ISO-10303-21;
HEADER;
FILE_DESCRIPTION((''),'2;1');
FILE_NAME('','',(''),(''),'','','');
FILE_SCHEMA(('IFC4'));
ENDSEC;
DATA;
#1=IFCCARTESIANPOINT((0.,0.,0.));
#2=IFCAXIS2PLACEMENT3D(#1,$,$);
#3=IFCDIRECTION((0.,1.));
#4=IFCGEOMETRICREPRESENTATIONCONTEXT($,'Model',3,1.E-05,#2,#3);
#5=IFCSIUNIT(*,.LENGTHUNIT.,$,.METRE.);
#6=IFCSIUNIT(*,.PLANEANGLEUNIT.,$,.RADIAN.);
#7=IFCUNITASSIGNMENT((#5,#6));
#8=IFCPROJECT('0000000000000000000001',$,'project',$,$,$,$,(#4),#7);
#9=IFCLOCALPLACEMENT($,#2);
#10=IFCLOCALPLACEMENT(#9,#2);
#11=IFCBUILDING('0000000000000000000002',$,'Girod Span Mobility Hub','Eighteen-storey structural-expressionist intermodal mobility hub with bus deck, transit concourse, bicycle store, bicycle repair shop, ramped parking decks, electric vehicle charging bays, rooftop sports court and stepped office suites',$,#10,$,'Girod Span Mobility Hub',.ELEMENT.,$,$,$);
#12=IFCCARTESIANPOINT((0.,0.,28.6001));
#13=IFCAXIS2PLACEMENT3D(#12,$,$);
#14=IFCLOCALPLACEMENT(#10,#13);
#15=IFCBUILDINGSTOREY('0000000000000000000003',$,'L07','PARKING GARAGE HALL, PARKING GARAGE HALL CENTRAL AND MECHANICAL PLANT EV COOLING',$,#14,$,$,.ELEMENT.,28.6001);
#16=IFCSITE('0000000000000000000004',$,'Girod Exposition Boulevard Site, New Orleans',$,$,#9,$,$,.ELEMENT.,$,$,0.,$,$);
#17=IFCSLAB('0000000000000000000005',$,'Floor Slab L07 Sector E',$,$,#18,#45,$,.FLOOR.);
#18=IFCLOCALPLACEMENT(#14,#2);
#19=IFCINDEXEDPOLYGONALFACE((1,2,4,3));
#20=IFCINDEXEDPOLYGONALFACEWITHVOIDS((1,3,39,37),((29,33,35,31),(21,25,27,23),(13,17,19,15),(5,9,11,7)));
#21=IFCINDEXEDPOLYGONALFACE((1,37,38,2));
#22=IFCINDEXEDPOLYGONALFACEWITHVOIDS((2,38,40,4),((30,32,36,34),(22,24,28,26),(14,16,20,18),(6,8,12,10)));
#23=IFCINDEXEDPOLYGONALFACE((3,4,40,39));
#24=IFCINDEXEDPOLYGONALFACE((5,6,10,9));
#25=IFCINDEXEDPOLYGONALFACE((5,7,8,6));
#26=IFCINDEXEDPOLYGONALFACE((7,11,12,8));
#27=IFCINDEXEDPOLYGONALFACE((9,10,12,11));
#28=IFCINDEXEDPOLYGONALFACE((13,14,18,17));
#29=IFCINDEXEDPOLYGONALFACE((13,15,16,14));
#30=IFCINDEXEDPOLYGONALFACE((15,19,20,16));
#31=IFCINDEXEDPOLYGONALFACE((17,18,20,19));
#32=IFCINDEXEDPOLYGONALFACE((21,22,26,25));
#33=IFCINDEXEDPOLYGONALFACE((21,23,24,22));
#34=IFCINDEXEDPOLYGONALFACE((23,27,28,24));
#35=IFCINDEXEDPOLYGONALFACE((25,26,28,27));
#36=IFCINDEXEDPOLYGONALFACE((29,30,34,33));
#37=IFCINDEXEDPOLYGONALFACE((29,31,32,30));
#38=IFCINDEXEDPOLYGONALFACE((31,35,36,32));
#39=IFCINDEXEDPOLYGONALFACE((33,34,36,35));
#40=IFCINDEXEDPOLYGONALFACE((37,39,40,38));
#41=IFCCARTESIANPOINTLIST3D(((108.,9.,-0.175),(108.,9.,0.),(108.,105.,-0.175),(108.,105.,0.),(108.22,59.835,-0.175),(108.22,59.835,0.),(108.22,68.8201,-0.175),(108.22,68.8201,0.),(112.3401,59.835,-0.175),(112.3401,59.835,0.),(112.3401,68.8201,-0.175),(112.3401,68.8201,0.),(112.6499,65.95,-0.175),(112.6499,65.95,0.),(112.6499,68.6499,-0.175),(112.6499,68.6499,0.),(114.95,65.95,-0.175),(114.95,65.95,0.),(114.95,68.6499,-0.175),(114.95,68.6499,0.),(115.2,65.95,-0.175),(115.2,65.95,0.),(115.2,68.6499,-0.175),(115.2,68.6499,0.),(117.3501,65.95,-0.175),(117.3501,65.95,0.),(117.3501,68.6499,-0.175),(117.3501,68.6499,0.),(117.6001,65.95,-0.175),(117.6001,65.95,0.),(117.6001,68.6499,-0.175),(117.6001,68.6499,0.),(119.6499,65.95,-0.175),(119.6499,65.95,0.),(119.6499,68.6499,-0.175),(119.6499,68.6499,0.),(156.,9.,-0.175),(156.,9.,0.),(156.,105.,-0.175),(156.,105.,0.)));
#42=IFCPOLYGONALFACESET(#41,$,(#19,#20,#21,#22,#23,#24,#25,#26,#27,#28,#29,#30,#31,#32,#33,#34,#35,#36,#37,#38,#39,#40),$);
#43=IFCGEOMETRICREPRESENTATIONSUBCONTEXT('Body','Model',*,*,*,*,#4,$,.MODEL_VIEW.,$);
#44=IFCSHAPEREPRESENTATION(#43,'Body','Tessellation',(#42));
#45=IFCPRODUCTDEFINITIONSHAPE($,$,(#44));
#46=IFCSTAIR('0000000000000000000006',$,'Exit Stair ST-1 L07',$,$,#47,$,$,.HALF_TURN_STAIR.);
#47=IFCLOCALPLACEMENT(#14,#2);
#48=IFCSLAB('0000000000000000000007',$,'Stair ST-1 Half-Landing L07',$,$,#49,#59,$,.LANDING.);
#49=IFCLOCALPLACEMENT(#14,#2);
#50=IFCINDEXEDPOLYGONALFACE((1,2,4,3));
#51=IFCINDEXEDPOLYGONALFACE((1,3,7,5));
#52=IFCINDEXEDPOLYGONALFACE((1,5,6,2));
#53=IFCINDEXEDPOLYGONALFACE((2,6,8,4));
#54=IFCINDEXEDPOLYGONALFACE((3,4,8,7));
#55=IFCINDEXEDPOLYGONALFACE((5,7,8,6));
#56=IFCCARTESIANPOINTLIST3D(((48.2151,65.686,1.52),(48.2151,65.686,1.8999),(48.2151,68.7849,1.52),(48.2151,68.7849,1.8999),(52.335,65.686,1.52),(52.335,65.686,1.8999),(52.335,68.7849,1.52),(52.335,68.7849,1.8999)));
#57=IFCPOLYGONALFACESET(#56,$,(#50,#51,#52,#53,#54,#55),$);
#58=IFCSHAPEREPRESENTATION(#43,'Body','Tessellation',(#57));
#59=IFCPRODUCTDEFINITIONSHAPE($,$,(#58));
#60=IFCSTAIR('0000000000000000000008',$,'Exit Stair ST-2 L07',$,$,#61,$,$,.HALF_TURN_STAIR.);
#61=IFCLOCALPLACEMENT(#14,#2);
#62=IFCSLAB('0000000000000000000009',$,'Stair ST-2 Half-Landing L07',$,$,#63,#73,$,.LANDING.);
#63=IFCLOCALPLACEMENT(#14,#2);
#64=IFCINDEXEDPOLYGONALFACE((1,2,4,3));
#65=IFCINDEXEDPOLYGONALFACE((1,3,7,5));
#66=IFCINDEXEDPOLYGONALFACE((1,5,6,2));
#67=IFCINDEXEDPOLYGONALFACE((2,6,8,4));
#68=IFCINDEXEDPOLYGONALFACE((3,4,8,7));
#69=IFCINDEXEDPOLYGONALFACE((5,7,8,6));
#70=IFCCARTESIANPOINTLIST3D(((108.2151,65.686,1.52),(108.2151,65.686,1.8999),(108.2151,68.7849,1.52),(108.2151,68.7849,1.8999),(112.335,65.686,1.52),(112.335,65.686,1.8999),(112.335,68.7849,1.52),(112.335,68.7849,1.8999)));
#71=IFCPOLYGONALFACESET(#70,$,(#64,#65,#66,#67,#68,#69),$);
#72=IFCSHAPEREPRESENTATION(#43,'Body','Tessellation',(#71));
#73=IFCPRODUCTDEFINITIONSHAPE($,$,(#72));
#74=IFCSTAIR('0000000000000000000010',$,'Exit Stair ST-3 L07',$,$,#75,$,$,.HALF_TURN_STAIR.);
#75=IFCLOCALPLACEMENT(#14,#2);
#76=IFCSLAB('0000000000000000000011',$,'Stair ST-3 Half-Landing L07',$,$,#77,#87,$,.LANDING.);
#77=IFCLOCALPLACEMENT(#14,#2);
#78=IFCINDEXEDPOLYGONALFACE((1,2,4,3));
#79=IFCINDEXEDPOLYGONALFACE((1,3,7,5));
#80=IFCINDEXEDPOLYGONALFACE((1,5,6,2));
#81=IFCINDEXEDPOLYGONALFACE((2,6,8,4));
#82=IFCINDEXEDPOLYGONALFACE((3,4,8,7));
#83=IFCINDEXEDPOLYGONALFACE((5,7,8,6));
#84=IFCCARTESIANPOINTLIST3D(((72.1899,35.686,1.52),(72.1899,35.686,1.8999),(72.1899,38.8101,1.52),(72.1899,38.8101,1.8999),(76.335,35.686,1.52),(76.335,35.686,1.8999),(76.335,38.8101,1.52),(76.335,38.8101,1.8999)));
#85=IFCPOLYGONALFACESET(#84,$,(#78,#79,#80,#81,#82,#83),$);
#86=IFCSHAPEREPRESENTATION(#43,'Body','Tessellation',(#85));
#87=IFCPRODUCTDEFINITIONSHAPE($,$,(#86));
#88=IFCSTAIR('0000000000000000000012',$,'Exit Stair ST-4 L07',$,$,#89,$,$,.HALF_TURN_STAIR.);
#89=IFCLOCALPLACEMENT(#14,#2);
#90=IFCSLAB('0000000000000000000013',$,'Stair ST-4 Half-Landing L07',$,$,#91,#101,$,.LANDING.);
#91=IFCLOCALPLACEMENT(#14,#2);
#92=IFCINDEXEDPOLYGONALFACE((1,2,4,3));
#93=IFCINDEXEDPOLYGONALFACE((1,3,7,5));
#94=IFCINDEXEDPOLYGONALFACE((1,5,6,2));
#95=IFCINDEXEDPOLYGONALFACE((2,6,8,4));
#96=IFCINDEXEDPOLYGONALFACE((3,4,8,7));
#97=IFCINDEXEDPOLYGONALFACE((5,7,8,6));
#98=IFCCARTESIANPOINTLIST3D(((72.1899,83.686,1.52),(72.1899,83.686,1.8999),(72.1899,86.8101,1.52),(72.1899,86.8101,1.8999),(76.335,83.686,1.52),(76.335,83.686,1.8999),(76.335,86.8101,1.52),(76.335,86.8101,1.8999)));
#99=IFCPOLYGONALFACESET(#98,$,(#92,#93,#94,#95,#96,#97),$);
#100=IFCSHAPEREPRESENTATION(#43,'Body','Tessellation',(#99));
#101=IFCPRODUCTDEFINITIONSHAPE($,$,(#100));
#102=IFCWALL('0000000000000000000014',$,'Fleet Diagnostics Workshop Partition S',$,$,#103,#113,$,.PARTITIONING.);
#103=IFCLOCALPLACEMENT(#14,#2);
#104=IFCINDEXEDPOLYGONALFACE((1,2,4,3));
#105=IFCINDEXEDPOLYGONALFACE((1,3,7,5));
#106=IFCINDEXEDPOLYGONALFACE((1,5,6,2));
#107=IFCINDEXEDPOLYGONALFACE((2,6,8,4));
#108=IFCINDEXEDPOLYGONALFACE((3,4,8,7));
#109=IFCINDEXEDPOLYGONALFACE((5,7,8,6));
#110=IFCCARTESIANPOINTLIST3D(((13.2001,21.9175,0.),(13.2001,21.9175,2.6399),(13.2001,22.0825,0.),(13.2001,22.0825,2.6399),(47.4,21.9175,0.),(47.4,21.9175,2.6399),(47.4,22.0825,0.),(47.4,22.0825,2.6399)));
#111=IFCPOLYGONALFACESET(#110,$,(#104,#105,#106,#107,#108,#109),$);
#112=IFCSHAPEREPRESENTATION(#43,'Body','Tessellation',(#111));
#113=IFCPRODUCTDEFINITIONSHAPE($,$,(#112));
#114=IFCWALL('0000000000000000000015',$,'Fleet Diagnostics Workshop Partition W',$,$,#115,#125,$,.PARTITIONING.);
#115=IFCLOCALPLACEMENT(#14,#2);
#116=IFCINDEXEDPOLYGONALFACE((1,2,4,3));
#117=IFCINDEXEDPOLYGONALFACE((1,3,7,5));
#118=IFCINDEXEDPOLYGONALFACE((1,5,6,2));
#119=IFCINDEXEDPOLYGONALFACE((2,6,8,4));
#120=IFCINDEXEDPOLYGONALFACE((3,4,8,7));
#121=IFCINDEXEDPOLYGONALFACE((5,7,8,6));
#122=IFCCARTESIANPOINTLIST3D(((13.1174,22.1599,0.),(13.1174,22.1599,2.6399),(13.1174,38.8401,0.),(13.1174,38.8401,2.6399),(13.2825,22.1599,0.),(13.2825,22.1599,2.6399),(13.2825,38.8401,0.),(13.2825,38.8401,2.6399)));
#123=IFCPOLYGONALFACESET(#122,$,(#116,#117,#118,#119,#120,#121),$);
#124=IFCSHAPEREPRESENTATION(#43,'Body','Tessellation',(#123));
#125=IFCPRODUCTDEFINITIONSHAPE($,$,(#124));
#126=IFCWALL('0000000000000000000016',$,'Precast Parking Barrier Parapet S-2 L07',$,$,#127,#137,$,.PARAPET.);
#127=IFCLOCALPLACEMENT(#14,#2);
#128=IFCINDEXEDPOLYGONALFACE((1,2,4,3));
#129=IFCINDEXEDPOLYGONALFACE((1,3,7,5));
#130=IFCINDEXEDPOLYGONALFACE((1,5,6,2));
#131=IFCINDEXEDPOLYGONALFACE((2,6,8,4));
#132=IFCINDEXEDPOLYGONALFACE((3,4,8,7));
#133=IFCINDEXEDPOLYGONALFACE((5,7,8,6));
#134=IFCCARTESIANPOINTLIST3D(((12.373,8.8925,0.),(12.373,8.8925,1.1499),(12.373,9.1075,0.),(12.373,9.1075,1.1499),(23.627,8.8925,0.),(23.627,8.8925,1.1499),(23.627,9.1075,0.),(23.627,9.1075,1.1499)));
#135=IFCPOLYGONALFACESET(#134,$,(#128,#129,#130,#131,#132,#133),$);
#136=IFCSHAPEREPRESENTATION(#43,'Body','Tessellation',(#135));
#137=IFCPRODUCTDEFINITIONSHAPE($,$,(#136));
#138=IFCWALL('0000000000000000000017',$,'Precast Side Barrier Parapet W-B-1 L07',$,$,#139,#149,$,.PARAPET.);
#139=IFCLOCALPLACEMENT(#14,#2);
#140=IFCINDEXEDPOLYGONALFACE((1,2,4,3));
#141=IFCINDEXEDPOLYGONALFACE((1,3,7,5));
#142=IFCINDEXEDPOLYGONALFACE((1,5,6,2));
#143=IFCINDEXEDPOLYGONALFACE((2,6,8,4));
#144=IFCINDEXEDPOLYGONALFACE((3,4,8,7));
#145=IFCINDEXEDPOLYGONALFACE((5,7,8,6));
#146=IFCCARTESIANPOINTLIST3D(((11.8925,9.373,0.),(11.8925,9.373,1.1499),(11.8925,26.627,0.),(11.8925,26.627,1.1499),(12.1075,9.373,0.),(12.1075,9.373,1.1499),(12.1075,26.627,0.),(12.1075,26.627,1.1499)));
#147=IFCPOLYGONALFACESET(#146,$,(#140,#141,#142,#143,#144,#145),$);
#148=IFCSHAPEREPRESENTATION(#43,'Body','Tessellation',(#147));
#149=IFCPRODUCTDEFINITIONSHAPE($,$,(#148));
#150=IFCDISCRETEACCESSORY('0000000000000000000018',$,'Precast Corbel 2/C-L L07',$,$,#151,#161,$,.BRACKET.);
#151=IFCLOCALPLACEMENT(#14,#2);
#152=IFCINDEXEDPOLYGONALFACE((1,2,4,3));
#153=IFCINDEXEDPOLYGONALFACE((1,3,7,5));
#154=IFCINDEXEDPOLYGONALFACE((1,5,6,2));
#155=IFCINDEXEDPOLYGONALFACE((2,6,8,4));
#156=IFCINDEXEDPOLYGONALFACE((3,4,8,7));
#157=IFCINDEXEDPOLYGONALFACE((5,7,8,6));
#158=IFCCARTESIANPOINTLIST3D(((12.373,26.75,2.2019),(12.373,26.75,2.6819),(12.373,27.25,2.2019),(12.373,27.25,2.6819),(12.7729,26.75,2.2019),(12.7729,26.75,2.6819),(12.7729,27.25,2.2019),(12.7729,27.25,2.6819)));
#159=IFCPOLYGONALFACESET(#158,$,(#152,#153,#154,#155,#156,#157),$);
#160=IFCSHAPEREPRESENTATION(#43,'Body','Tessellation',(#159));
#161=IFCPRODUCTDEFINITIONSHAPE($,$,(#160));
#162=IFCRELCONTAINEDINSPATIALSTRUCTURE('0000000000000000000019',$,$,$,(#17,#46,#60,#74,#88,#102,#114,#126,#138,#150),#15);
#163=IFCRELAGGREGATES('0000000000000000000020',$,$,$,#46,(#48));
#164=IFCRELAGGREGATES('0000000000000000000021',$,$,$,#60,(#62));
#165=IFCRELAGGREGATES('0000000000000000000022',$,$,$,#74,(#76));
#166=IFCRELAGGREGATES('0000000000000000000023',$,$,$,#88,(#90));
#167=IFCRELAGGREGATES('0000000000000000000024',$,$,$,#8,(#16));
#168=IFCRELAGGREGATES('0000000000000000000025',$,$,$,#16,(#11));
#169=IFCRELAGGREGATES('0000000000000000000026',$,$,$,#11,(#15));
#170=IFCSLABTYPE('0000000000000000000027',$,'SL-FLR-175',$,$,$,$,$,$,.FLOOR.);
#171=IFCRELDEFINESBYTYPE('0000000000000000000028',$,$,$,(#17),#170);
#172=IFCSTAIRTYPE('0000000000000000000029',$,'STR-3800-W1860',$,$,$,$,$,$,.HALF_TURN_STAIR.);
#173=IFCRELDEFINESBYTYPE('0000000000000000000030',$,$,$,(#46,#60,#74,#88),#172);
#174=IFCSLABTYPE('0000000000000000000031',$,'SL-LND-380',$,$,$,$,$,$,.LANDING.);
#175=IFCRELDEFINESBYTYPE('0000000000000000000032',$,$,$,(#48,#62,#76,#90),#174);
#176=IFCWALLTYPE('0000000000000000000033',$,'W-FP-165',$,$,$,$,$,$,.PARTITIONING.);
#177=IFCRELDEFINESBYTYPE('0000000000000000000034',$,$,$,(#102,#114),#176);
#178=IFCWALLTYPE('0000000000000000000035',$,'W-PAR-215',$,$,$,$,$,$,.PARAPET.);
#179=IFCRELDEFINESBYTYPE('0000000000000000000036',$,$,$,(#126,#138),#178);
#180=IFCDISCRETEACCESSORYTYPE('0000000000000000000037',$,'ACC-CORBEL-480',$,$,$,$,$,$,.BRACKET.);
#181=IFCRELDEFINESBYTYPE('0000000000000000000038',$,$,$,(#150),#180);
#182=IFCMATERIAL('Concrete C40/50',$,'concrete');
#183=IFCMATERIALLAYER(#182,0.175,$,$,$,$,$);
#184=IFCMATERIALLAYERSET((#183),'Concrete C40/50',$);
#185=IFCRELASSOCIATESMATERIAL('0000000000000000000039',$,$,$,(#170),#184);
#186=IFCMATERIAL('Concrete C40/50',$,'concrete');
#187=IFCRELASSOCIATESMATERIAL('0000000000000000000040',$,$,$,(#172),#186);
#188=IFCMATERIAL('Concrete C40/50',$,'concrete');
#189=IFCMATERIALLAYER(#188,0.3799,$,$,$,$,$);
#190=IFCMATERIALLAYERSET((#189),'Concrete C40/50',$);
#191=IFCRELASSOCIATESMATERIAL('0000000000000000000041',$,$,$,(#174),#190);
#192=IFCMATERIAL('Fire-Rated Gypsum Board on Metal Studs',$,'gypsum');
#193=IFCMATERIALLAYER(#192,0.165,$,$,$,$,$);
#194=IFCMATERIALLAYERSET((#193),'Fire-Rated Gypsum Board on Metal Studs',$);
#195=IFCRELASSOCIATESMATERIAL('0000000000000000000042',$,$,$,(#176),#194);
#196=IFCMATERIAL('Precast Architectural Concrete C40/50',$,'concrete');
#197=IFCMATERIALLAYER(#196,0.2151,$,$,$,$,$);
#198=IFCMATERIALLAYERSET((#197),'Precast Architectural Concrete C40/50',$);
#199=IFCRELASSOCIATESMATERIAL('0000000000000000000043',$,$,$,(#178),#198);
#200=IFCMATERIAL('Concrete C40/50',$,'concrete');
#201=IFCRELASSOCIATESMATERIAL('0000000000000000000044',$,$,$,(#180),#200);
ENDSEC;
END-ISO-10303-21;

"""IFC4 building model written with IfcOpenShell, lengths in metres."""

from ifc_helpers import new_model, si_unit, direction, frame, frame_2d, origin, origin_2d, place, context, subcontext, project, spatial, polyline, rectangle, outline, extrude, material, layer, layer_set, type_object, element, aggregate, save


model = new_model("IFC4")

# Units and contexts
model_context = context("Model", 3, precision=1e-05, world=origin(), true_north=direction((0.0, 1.0)))
body_context = subcontext(model_context, "Body", "Model", "MODEL_VIEW")
ifc_project = project(units=[si_unit("LENGTHUNIT", "METRE"), si_unit("PLANEANGLEUNIT", "RADIAN")], contexts=[model_context])

# Site, building, storey
site_placement = place(None, origin())
site = spatial("IfcSite", under=ifc_project, at=site_placement, Name="Girod Exposition Boulevard Site, New Orleans", CompositionType="ELEMENT", RefElevation=0.0)
building_placement = place(site_placement, origin())
building = spatial("IfcBuilding", under=site, at=building_placement, Name="Girod Span Mobility Hub", Description="Eighteen-storey structural-expressionist intermodal mobility hub with bus deck, transit concourse, bicycle store, bicycle repair shop, ramped parking decks, electric vehicle charging bays, rooftop sports court and stepped office suites", LongName="Girod Span Mobility Hub", CompositionType="ELEMENT")
storey_placement = place(building_placement, frame((0.0, 0.0, 28.6001)))
storey = spatial("IfcBuildingStorey", under=building, at=storey_placement, Name="L07", Description="PARKING GARAGE HALL, PARKING GARAGE HALL CENTRAL AND MECHANICAL PLANT EV COOLING", CompositionType="ELEMENT", Elevation=28.6001)

# Slab
ifc_material_1 = material(Name="Concrete C40/50", Category="concrete")
ifc_layer_1 = layer(ifc_material_1, 0.175)
ifc_layer_set_1 = layer_set([ifc_layer_1], Name="Concrete C40/50")
slab_type_1 = type_object("IfcSlabType", Name="SL-FLR-175", PredefinedType="FLOOR", material=ifc_layer_set_1)
slab_1_placement = place(storey_placement, frame((0.0, 0.0, -0.175)))
element("IfcSlab", 1, at=slab_1_placement, inside=storey, type_object=slab_type_1, Name="Floor Slab L07 Sector E", PredefinedType="FLOOR", context=body_context, shape_type="SweptSolid", body=[
    extrude(outline(polyline([(156.0, 105.0), (156.0, 9.0), (108.0, 9.0), (108.0, 105.0), (156.0, 105.0)]), holes=[polyline([(108.22, 68.8201), (108.22, 59.835), (112.3401, 59.835), (112.3401, 68.8201), (108.22, 68.8201)]), polyline([(112.6499, 68.6499), (112.6499, 65.95), (114.95, 65.95), (114.95, 68.6499), (112.6499, 68.6499)]), polyline([(115.2, 68.6499), (115.2, 65.95), (117.3501, 65.95), (117.3501, 68.6499), (115.2, 68.6499)]), polyline([(117.6001, 68.6499), (117.6001, 65.95), (119.6499, 65.95), (119.6499, 68.6499), (117.6001, 68.6499)])]), origin(), (0.0, 0.0, 1.0), 0.175),
])

# Stairs, slabs
ifc_material_2 = material(Name="Concrete C40/50", Category="concrete")
stair_type = type_object("IfcStairType", Name="STR-3800-W1860", PredefinedType="HALF_TURN_STAIR", material=ifc_material_2)
stair_1_placement = place(storey_placement, origin())
stair_1 = element("IfcStair", 2, at=stair_1_placement, inside=storey, type_object=stair_type, Name="Exit Stair ST-1 L07", PredefinedType="HALF_TURN_STAIR")
ifc_material_3 = material(Name="Concrete C40/50", Category="concrete")
ifc_layer_2 = layer(ifc_material_3, 0.3799)
ifc_layer_set_2 = layer_set([ifc_layer_2], Name="Concrete C40/50")
slab_type_2 = type_object("IfcSlabType", Name="SL-LND-380", PredefinedType="LANDING", material=ifc_layer_set_2)
slab_2_placement = place(storey_placement, frame((0.0, 0.0, 1.52)))
slab_2 = element("IfcSlab", 3, at=slab_2_placement, type_object=slab_type_2, Name="Stair ST-1 Half-Landing L07", PredefinedType="LANDING", context=body_context, shape_type="SweptSolid", body=[
    extrude(outline(polyline([(52.335, 65.686), (52.335, 68.7849), (48.2151, 68.7849), (48.2151, 65.686), (52.335, 65.686)])), origin(), (0.0, 0.0, 1.0), 0.3799),
])
aggregate(stair_1, [slab_2])
stair_2_placement = place(storey_placement, origin())
stair_2 = element("IfcStair", 4, at=stair_2_placement, inside=storey, type_object=stair_type, Name="Exit Stair ST-2 L07", PredefinedType="HALF_TURN_STAIR")
slab_3_placement = place(storey_placement, frame((0.0, 0.0, 1.52)))
slab_3 = element("IfcSlab", 5, at=slab_3_placement, type_object=slab_type_2, Name="Stair ST-2 Half-Landing L07", PredefinedType="LANDING", context=body_context, shape_type="SweptSolid", body=[
    extrude(outline(polyline([(112.335, 65.686), (112.335, 68.7849), (108.2151, 68.7849), (108.2151, 65.686), (112.335, 65.686)])), origin(), (0.0, 0.0, 1.0), 0.3799),
])
aggregate(stair_2, [slab_3])
stair_3_placement = place(storey_placement, origin())
stair_3 = element("IfcStair", 6, at=stair_3_placement, inside=storey, type_object=stair_type, Name="Exit Stair ST-3 L07", PredefinedType="HALF_TURN_STAIR")
slab_4_placement = place(storey_placement, frame((0.0, 0.0, 1.52)))
slab_4 = element("IfcSlab", 7, at=slab_4_placement, type_object=slab_type_2, Name="Stair ST-3 Half-Landing L07", PredefinedType="LANDING", context=body_context, shape_type="SweptSolid", body=[
    extrude(outline(polyline([(76.335, 35.686), (76.335, 38.8101), (72.1899, 38.8101), (72.1899, 35.686), (76.335, 35.686)])), origin(), (0.0, 0.0, 1.0), 0.3799),
])
aggregate(stair_3, [slab_4])
stair_4_placement = place(storey_placement, origin())
stair_4 = element("IfcStair", 8, at=stair_4_placement, inside=storey, type_object=stair_type, Name="Exit Stair ST-4 L07", PredefinedType="HALF_TURN_STAIR")
slab_5_placement = place(storey_placement, frame((0.0, 0.0, 1.52)))
slab_5 = element("IfcSlab", 9, at=slab_5_placement, type_object=slab_type_2, Name="Stair ST-4 Half-Landing L07", PredefinedType="LANDING", context=body_context, shape_type="SweptSolid", body=[
    extrude(outline(polyline([(76.335, 83.686), (76.335, 86.8101), (72.1899, 86.8101), (72.1899, 83.686), (76.335, 83.686)])), origin(), (0.0, 0.0, 1.0), 0.3799),
])
aggregate(stair_4, [slab_5])

# Walls
ifc_material_4 = material(Name="Fire-Rated Gypsum Board on Metal Studs", Category="gypsum")
ifc_layer_3 = layer(ifc_material_4, 0.165)
ifc_layer_set_3 = layer_set([ifc_layer_3], Name="Fire-Rated Gypsum Board on Metal Studs")
wall_type_1 = type_object("IfcWallType", Name="W-FP-165", PredefinedType="PARTITIONING", material=ifc_layer_set_3)
wall_1_placement = place(storey_placement, frame((13.2, 22.0, 0.0), z_axis=(0.0, 0.0, 1.0), x_axis=(1.0, 0.0, 0.0)))
element("IfcWall", 10, at=wall_1_placement, inside=storey, type_object=wall_type_1, Name="Fleet Diagnostics Workshop Partition S", PredefinedType="PARTITIONING", context=body_context, shape_type="SweptSolid", body=[
    extrude(rectangle(XDim=34.2, YDim=0.165, at=frame_2d((17.1001, 0.0))), origin(), (0.0, 0.0, 1.0), 2.6399),
])
wall_2_placement = place(storey_placement, frame((13.2, 22.1599, 0.0), z_axis=(0.0, 0.0, 1.0), x_axis=(0.0, 1.0, 0.0)))
element("IfcWall", 11, at=wall_2_placement, inside=storey, type_object=wall_type_1, Name="Fleet Diagnostics Workshop Partition W", PredefinedType="PARTITIONING", context=body_context, shape_type="SweptSolid", body=[
    extrude(rectangle(XDim=16.6802, YDim=0.165, at=frame_2d((8.3401, 0.0))), origin(), (0.0, 0.0, 1.0), 2.6399),
])
ifc_material_5 = material(Name="Precast Architectural Concrete C40/50", Category="concrete")
ifc_layer_4 = layer(ifc_material_5, 0.2151)
ifc_layer_set_4 = layer_set([ifc_layer_4], Name="Precast Architectural Concrete C40/50")
wall_type_2 = type_object("IfcWallType", Name="W-PAR-215", PredefinedType="PARAPET", material=ifc_layer_set_4)
wall_3_placement = place(storey_placement, frame((12.373, 9.0, 0.0), z_axis=(0.0, 0.0, 1.0), x_axis=(1.0, 0.0, 0.0)))
element("IfcWall", 12, at=wall_3_placement, inside=storey, type_object=wall_type_2, Name="Precast Parking Barrier Parapet S-2 L07", PredefinedType="PARAPET", context=body_context, shape_type="SweptSolid", body=[
    extrude(rectangle(XDim=11.2539, YDim=0.2151, at=frame_2d((5.627, 0.0))), origin(), (0.0, 0.0, 1.0), 1.1499),
])
wall_4_placement = place(storey_placement, frame((12.0, 9.373, 0.0), z_axis=(0.0, 0.0, 1.0), x_axis=(0.0, 1.0, 0.0)))
element("IfcWall", 13, at=wall_4_placement, inside=storey, type_object=wall_type_2, Name="Precast Side Barrier Parapet W-B-1 L07", PredefinedType="PARAPET", context=body_context, shape_type="SweptSolid", body=[
    extrude(rectangle(XDim=17.2539, YDim=0.2151, at=frame_2d((8.627, 0.0))), origin(), (0.0, 0.0, 1.0), 1.1499),
])

# Discrete accessory
ifc_material_6 = material(Name="Concrete C40/50", Category="concrete")
discrete_accessory_type = type_object("IfcDiscreteAccessoryType", Name="ACC-CORBEL-480", PredefinedType="BRACKET", material=ifc_material_6)
discrete_accessory_placement = place(storey_placement, frame((12.573, 27.0, 2.2019), z_axis=(0.0, 0.0, 1.0), x_axis=(1.0, 0.0, 0.0)))
element("IfcDiscreteAccessory", 14, at=discrete_accessory_placement, inside=storey, type_object=discrete_accessory_type, Name="Precast Corbel 2/C-L L07", PredefinedType="BRACKET", context=body_context, shape_type="SweptSolid", body=[
    extrude(rectangle(XDim=0.3999, YDim=0.5, at=origin_2d()), origin(), (0.0, 0.0, 1.0), 0.48),
])

save(model, "model.ifc")
